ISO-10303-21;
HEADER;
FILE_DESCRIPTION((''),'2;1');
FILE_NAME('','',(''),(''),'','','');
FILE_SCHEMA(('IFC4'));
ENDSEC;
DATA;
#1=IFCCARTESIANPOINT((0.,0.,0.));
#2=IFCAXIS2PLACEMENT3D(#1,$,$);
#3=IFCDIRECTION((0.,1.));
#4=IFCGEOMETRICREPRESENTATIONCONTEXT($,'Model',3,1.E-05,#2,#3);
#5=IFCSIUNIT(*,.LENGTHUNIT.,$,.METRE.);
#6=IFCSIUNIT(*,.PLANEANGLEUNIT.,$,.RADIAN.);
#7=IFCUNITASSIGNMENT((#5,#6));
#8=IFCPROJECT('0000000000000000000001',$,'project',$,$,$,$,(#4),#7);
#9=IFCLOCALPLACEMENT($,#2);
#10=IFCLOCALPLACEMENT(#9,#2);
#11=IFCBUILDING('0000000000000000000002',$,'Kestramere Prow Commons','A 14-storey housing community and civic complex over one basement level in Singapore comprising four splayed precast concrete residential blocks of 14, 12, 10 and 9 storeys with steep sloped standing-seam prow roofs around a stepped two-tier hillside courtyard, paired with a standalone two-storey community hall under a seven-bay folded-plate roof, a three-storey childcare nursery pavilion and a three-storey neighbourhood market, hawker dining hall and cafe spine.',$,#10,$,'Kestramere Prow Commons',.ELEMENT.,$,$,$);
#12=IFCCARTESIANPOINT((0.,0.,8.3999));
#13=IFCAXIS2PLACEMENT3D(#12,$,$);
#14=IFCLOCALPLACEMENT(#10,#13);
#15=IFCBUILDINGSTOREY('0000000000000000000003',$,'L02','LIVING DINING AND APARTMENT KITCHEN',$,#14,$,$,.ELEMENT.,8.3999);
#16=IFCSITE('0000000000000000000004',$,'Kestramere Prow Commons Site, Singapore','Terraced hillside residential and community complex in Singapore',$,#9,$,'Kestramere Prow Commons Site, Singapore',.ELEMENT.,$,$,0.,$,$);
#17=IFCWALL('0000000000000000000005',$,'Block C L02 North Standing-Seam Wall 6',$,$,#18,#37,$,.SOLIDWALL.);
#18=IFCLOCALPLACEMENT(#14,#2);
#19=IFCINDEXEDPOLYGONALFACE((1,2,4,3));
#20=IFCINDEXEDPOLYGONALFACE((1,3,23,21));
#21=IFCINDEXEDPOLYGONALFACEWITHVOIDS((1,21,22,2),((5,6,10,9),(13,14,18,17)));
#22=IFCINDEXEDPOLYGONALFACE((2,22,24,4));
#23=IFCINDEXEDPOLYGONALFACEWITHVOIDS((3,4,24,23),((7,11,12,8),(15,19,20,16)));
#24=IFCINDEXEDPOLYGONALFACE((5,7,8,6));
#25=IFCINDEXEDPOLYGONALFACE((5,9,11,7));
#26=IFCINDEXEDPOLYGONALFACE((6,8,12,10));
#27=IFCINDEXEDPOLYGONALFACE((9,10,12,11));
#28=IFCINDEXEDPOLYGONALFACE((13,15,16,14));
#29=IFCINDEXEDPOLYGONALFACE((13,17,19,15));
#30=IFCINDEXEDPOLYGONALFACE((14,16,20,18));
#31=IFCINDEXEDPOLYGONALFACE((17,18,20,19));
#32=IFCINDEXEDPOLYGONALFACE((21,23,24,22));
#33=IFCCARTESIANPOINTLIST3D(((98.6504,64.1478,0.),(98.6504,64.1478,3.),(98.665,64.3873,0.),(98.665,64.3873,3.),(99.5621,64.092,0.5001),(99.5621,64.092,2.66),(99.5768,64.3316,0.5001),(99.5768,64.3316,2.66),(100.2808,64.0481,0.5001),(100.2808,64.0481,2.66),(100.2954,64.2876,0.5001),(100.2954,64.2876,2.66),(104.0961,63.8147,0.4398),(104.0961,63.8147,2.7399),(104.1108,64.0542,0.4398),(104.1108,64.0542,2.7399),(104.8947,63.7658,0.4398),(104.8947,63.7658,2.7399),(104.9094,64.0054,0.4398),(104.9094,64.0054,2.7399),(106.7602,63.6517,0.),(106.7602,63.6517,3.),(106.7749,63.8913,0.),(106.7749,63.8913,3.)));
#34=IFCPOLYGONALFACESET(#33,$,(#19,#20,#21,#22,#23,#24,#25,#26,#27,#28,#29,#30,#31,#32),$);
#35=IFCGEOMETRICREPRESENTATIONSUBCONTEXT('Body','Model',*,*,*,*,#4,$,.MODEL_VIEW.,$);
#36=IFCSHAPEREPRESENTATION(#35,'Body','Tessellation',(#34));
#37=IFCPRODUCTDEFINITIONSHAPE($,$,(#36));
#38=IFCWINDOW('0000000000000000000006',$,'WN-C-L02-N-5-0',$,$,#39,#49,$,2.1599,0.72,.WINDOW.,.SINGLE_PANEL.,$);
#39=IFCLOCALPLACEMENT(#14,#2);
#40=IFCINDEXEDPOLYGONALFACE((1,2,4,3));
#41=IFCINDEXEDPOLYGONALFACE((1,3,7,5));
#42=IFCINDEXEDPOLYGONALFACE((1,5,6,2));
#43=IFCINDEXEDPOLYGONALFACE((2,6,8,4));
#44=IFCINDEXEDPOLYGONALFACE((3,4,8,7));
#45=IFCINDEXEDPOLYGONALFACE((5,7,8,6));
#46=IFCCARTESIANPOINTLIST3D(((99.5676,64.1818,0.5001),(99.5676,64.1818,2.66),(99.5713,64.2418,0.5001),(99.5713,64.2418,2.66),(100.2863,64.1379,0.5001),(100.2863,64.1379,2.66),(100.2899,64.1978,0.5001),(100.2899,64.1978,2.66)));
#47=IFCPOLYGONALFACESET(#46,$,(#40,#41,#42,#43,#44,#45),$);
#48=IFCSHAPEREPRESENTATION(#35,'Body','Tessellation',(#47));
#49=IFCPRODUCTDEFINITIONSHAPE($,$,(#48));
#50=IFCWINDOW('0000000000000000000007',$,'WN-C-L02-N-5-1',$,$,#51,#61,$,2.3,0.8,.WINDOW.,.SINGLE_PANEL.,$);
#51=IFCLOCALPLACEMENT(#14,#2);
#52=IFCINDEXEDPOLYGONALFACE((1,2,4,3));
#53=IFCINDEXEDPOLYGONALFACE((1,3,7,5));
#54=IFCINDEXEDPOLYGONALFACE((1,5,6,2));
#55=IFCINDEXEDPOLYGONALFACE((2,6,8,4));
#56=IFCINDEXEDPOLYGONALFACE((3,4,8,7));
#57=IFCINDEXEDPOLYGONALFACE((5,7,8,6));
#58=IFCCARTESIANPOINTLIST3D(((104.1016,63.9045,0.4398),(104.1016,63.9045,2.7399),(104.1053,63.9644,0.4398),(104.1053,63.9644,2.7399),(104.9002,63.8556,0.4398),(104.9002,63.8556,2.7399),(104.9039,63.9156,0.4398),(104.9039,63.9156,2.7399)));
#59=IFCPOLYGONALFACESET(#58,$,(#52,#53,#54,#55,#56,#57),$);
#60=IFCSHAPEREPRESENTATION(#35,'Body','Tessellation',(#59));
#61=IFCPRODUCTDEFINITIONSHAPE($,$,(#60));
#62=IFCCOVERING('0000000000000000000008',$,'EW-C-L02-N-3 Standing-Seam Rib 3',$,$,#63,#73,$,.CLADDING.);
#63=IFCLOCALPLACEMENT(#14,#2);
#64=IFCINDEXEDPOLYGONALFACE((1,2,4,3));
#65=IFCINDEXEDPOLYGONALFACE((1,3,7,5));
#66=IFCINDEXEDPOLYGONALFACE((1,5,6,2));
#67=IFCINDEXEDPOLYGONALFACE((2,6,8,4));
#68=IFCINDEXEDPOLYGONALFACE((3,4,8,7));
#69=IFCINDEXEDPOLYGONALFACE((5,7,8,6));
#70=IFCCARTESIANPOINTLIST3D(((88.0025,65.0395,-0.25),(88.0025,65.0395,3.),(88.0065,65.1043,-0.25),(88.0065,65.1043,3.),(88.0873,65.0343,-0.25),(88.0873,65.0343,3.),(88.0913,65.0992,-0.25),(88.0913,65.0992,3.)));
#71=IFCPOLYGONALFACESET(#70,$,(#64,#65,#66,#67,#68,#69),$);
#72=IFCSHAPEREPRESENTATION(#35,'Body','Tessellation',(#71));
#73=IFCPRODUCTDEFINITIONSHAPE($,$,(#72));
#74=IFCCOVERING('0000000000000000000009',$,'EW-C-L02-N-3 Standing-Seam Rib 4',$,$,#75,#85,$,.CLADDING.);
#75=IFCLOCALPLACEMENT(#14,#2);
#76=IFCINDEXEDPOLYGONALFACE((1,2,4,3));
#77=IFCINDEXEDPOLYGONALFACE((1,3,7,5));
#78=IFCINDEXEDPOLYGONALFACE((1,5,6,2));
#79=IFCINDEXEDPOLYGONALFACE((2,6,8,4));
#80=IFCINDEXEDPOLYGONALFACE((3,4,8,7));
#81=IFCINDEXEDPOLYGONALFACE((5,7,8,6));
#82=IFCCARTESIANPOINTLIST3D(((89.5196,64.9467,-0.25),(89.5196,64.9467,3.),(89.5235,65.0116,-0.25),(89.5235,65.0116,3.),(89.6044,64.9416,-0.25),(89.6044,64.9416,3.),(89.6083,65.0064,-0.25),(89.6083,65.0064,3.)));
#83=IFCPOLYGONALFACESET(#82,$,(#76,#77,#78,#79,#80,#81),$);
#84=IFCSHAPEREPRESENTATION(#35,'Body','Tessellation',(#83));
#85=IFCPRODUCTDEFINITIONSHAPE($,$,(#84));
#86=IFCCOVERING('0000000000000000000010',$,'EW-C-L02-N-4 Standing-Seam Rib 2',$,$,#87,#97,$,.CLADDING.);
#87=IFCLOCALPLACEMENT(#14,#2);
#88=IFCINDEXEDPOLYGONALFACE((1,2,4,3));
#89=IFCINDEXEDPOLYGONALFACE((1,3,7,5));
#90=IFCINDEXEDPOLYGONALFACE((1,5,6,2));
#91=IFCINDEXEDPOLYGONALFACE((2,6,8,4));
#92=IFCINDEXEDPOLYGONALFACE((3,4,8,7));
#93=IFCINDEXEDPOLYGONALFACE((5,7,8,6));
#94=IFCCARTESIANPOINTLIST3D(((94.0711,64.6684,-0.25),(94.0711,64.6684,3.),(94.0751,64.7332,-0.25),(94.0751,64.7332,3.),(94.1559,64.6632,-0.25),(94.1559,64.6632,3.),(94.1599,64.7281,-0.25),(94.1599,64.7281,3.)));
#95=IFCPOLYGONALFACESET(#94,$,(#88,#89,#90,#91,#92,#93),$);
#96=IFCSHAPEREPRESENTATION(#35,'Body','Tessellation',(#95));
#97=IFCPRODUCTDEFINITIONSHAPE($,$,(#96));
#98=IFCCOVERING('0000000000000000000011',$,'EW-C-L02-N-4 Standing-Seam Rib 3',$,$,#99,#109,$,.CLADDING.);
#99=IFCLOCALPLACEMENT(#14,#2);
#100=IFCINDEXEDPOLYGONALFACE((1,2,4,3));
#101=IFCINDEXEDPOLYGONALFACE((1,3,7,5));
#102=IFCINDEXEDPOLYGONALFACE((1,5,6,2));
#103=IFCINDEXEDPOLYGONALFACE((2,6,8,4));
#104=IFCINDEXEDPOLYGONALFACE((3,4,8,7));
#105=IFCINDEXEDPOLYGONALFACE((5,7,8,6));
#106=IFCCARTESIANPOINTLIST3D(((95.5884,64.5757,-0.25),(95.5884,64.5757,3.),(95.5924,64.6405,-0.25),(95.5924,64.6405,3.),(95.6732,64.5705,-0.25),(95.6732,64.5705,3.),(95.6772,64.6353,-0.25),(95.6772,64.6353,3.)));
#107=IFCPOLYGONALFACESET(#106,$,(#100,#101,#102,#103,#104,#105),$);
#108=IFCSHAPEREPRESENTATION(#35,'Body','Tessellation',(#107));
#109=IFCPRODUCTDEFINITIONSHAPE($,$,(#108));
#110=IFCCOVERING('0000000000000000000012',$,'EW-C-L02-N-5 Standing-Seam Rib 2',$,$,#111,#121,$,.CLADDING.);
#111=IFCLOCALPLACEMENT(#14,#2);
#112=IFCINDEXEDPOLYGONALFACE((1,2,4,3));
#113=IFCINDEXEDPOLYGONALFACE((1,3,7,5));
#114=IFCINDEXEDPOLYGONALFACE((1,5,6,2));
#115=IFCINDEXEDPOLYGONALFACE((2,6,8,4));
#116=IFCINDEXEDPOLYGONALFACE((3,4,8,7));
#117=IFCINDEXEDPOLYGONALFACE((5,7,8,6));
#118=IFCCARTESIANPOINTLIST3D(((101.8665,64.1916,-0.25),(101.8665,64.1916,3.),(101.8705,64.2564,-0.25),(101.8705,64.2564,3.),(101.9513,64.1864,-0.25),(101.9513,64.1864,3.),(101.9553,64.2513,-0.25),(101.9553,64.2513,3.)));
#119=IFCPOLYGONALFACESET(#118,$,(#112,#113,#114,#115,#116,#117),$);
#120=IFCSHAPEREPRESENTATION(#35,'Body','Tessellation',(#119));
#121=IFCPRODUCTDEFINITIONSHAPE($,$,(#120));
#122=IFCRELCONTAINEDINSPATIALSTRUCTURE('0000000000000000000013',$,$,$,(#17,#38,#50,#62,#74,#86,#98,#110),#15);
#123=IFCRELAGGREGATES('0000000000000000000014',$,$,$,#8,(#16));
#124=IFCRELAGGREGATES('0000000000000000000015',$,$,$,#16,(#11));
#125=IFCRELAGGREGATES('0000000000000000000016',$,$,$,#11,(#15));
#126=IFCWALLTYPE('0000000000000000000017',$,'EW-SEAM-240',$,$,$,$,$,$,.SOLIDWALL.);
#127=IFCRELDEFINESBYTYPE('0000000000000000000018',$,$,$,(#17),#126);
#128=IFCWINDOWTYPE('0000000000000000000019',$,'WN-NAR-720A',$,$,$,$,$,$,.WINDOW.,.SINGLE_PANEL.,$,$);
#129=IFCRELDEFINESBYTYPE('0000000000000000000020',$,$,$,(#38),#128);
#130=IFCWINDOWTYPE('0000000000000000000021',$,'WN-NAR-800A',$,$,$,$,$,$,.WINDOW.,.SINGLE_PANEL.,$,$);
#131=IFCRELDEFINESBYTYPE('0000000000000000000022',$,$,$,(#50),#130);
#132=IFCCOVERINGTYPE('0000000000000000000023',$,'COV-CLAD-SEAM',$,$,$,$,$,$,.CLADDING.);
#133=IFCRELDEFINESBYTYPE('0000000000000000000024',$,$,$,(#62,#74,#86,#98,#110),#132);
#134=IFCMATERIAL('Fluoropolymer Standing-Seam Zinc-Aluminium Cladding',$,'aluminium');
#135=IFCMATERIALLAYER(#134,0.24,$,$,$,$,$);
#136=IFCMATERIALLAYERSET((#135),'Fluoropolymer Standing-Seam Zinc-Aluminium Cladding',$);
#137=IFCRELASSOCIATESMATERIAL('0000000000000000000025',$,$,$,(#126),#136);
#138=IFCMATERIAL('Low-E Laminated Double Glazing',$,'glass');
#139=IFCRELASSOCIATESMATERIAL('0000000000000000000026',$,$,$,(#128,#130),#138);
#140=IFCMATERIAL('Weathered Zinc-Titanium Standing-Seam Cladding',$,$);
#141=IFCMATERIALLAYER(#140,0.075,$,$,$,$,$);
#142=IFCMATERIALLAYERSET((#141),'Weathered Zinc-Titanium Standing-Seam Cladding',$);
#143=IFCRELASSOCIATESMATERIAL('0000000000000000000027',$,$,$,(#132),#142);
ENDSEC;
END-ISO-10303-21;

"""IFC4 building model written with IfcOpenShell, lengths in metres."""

from ifc_helpers import new_model, si_unit, direction, frame, frame_2d, origin, origin_2d, place, context, subcontext, project, spatial, rectangle, extrude, material, layer, layer_set, type_object, element, fill, save


model = new_model("IFC4")

# Units and contexts
model_context = context("Model", 3, precision=1e-05, world=origin(), true_north=direction((0.0, 1.0)))
body_context = subcontext(model_context, "Body", "Model", "MODEL_VIEW")
ifc_project = project(units=[si_unit("LENGTHUNIT", "METRE"), si_unit("PLANEANGLEUNIT", "RADIAN")], contexts=[model_context])

# Site, building, storey
site_placement = place(None, origin())
site = spatial("IfcSite", under=ifc_project, at=site_placement, Name="Kestramere Prow Commons Site, Singapore", Description="Terraced hillside residential and community complex in Singapore", LongName="Kestramere Prow Commons Site, Singapore", CompositionType="ELEMENT", RefElevation=0.0)
building_placement = place(site_placement, origin())
building = spatial("IfcBuilding", under=site, at=building_placement, Name="Kestramere Prow Commons", Description="A 14-storey housing community and civic complex over one basement level in Singapore comprising four splayed precast concrete residential blocks of 14, 12, 10 and 9 storeys with steep sloped standing-seam prow roofs around a stepped two-tier hillside courtyard, paired with a standalone two-storey community hall under a seven-bay folded-plate roof, a three-storey childcare nursery pavilion and a three-storey neighbourhood market, hawker dining hall and cafe spine.", LongName="Kestramere Prow Commons", CompositionType="ELEMENT")
storey_placement = place(building_placement, frame((0.0, 0.0, 8.3999)))
storey = spatial("IfcBuildingStorey", under=building, at=storey_placement, Name="L02", Description="LIVING DINING AND APARTMENT KITCHEN", CompositionType="ELEMENT", Elevation=8.3999)

# Shared definitions
ifc_material_1 = material(Name="Low-E Laminated Double Glazing", Category="glass")

# Wall, openings, windows
ifc_material_2 = material(Name="Fluoropolymer Standing-Seam Zinc-Aluminium Cladding", Category="aluminium")
ifc_layer_1 = layer(ifc_material_2, 0.24)
ifc_layer_set_1 = layer_set([ifc_layer_1], Name="Fluoropolymer Standing-Seam Zinc-Aluminium Cladding")
wall_type_1 = type_object("IfcWallType", Name="EW-SEAM-240", PredefinedType="SOLIDWALL", material=ifc_layer_set_1)
wall_1_placement = place(storey_placement, frame((98.6577, 64.2676, 0.0), z_axis=(0.0, 0.0, 1.0), x_axis=(0.998134, -0.061058, 0.0)))
wall_1 = element("IfcWall", 1, at=wall_1_placement, inside=storey, type_object=wall_type_1, Name="Block C L02 North Standing-Seam Wall 6", PredefinedType="SOLIDWALL", context=body_context, shape_type="SweptSolid", body=[
    extrude(rectangle(XDim=8.125, YDim=0.24, at=frame_2d((4.0625, 0.0))), origin(), (0.0, 0.0, 1.0), 3.0),
])
opening_1_placement = place(wall_1_placement, frame((0.9136, 0.0, 0.5)))
opening_1 = element("IfcOpeningElement", 2, at=opening_1_placement, cuts=wall_1, PredefinedType="OPENING", context=body_context, shape_type="SweptSolid", body=[
    extrude(rectangle(XDim=0.72, YDim=2.1599, at=frame_2d((0.3599, 1.0801))), frame((0.0, 0.135, 0.0), z_axis=(0.0, -1.0, 0.0), x_axis=(1.0, 0.0, 0.0)), (0.0, 0.0, 1.0), 0.27),
])
opening_2_placement = place(wall_1_placement, frame((5.4561, 0.0, 0.4399)))
opening_2 = element("IfcOpeningElement", 3, at=opening_2_placement, cuts=wall_1, PredefinedType="OPENING", context=body_context, shape_type="SweptSolid", body=[
    extrude(rectangle(XDim=0.8, YDim=2.3, at=frame_2d((0.3999, 1.1499))), frame((0.0, 0.135, 0.0), z_axis=(0.0, -1.0, 0.0), x_axis=(1.0, 0.0, 0.0)), (0.0, 0.0, 1.0), 0.27),
])
window_type_1 = type_object("IfcWindowType", Name="WN-NAR-720A", PartitioningType="SINGLE_PANEL", PredefinedType="WINDOW", material=ifc_material_1)
window_1_placement = place(opening_1_placement, origin())
window_1 = element("IfcWindow", 4, at=window_1_placement, inside=storey, type_object=window_type_1, Name="WN-C-L02-N-5-0", OverallHeight=2.1599, OverallWidth=0.72, PartitioningType="SINGLE_PANEL", PredefinedType="WINDOW", context=body_context, shape_type="SweptSolid", body=[
    extrude(rectangle(XDim=0.72, YDim=2.1599, at=frame_2d((0.3599, 1.0801))), frame((0.0, 0.03, 0.0), z_axis=(0.0, -1.0, 0.0), x_axis=(1.0, 0.0, 0.0)), (0.0, 0.0, 1.0), 0.0601),
])
fill(opening_1, window_1)
window_type_2 = type_object("IfcWindowType", Name="WN-NAR-800A", PartitioningType="SINGLE_PANEL", PredefinedType="WINDOW", material=ifc_material_1)
window_2_placement = place(opening_2_placement, origin())
window_2 = element("IfcWindow", 5, at=window_2_placement, inside=storey, type_object=window_type_2, Name="WN-C-L02-N-5-1", OverallHeight=2.3, OverallWidth=0.8, PartitioningType="SINGLE_PANEL", PredefinedType="WINDOW", context=body_context, shape_type="SweptSolid", body=[
    extrude(rectangle(XDim=0.8, YDim=2.3, at=frame_2d((0.3999, 1.1499))), frame((0.0, 0.03, 0.0), z_axis=(0.0, -1.0, 0.0), x_axis=(1.0, 0.0, 0.0)), (0.0, 0.0, 1.0), 0.0601),
])
fill(opening_2, window_2)

# Coverings
ifc_material_3 = material(Name="Weathered Zinc-Titanium Standing-Seam Cladding")
ifc_layer_2 = layer(ifc_material_3, 0.075)
ifc_layer_set_2 = layer_set([ifc_layer_2], Name="Weathered Zinc-Titanium Standing-Seam Cladding")
covering_type = type_object("IfcCoveringType", Name="COV-CLAD-SEAM", PredefinedType="CLADDING", material=ifc_layer_set_2)
for number, where, z_axis, x_axis, name in (
    (6, (88.0469, 65.0693, -0.25), (0.0, 0.0, 1.0), (0.998135, -0.061049, 0.0), "EW-C-L02-N-3 Standing-Seam Rib 3"),
    (7, (89.564, 64.9766, -0.25), (0.0, 0.0, 1.0), (0.998135, -0.061049, 0.0), "EW-C-L02-N-3 Standing-Seam Rib 4"),
    (8, (94.1155, 64.6982, -0.25), (0.0, 0.0, 1.0), (0.998135, -0.061049, 0.0), "EW-C-L02-N-4 Standing-Seam Rib 2"),
    (9, (95.6328, 64.6055, -0.25), (0.0, 0.0, 1.0), (0.998135, -0.061049, 0.0), "EW-C-L02-N-4 Standing-Seam Rib 3"),
    (10, (101.9109, 64.2214, -0.25), (0.0, 0.0, 1.0), (0.998135, -0.061049, 0.0), "EW-C-L02-N-5 Standing-Seam Rib 2"),
):
    element("IfcCovering", number, at=place(storey_placement, frame(where, z_axis=z_axis, x_axis=x_axis)), inside=storey, type_object=covering_type, Name=name, PredefinedType="CLADDING", context=body_context, shape_type="SweptSolid", body=[
        extrude(rectangle(XDim=0.085, YDim=0.0649, at=origin_2d()), origin(), (0.0, 0.0, 1.0), 3.25),
    ])

save(model, "model.ifc")
